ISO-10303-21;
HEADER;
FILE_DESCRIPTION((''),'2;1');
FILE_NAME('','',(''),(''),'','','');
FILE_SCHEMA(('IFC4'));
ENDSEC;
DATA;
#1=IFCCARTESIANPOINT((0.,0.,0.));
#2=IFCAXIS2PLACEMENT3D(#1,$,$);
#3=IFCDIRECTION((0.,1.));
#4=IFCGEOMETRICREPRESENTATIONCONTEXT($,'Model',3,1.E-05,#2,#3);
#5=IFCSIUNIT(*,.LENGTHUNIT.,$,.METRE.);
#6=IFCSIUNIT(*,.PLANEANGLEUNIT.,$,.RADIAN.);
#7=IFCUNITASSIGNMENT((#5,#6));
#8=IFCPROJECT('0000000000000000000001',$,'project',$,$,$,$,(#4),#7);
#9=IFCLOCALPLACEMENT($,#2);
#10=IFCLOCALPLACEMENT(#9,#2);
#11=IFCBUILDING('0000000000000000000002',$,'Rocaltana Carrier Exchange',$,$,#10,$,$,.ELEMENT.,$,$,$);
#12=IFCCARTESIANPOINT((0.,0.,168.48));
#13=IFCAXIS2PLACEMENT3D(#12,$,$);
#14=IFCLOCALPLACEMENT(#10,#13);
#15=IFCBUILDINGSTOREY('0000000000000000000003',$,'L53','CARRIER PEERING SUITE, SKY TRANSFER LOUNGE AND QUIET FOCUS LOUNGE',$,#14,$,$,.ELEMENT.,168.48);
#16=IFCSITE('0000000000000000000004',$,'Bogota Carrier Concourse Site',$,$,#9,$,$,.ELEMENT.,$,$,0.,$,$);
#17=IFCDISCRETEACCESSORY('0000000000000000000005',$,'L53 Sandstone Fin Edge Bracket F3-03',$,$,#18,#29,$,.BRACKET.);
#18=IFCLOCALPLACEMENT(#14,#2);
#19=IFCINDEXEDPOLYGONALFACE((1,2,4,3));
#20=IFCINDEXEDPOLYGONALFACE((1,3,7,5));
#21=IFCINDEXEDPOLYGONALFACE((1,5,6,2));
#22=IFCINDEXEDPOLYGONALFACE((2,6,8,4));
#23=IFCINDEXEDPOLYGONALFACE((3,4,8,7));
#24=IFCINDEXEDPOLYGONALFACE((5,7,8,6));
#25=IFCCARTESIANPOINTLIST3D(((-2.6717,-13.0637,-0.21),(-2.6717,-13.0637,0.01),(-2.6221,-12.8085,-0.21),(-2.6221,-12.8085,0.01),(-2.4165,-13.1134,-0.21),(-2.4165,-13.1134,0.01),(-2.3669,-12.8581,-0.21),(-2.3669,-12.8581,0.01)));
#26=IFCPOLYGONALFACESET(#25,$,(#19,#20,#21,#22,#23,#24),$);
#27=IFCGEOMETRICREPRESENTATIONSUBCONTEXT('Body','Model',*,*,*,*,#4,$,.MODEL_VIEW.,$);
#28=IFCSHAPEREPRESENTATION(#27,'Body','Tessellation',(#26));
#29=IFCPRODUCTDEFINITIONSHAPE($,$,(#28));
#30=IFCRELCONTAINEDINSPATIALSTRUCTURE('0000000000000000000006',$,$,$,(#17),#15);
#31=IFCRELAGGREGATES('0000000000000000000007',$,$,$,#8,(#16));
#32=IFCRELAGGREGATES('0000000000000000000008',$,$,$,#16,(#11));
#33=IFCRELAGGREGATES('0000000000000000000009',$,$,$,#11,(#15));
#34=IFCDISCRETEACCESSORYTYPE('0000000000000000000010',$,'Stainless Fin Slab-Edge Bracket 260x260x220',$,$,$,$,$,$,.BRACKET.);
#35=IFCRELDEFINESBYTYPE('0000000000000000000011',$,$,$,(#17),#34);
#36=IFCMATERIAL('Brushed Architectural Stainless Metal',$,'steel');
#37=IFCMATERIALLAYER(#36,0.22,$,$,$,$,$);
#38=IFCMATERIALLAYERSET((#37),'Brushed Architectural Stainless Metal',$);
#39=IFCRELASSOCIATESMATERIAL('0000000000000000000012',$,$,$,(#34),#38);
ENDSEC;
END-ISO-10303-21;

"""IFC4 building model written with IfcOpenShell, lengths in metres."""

from ifc_helpers import new_model, si_unit, direction, frame, origin, origin_2d, place, context, subcontext, project, spatial, rectangle, extrude, material, layer, layer_set, type_object, element, save


model = new_model("IFC4")

# Units and contexts
model_context = context("Model", 3, precision=1e-05, world=origin(), true_north=direction((0.0, 1.0)))
body_context = subcontext(model_context, "Body", "Model", "MODEL_VIEW")
ifc_project = project(units=[si_unit("LENGTHUNIT", "METRE"), si_unit("PLANEANGLEUNIT", "RADIAN")], contexts=[model_context])

# Site, building, storey
site_placement = place(None, origin())
site = spatial("IfcSite", under=ifc_project, at=site_placement, Name="Bogota Carrier Concourse Site", CompositionType="ELEMENT", RefElevation=0.0)
building_placement = place(site_placement, origin())
building = spatial("IfcBuilding", under=site, at=building_placement, Name="Rocaltana Carrier Exchange", CompositionType="ELEMENT")
storey_placement = place(building_placement, frame((0.0, 0.0, 168.48)))
storey = spatial("IfcBuildingStorey", under=building, at=storey_placement, Name="L53", Description="CARRIER PEERING SUITE, SKY TRANSFER LOUNGE AND QUIET FOCUS LOUNGE", CompositionType="ELEMENT", Elevation=168.48)

# Discrete accessory
ifc_material_1 = material(Name="Brushed Architectural Stainless Metal", Category="steel")
ifc_layer_1 = layer(ifc_material_1, 0.22)
ifc_layer_set_1 = layer_set([ifc_layer_1], Name="Brushed Architectural Stainless Metal")
discrete_accessory_type = type_object("IfcDiscreteAccessoryType", Name="Stainless Fin Slab-Edge Bracket 260x260x220", PredefinedType="BRACKET", material=ifc_layer_set_1)
discrete_accessory_placement = place(storey_placement, frame((-2.5193, -12.9609, -0.21), z_axis=(0.0, 0.0, 1.0), x_axis=(0.981627, -0.190809, 0.0)))
element("IfcDiscreteAccessory", 1, at=discrete_accessory_placement, inside=storey, type_object=discrete_accessory_type, Name="L53 Sandstone Fin Edge Bracket F3-03", PredefinedType="BRACKET", context=body_context, shape_type="SweptSolid", body=[
    extrude(rectangle(XDim=0.26, YDim=0.26, at=origin_2d()), origin(), (0.0, 0.0, 1.0), 0.22),
])

save(model, "model.ifc")
